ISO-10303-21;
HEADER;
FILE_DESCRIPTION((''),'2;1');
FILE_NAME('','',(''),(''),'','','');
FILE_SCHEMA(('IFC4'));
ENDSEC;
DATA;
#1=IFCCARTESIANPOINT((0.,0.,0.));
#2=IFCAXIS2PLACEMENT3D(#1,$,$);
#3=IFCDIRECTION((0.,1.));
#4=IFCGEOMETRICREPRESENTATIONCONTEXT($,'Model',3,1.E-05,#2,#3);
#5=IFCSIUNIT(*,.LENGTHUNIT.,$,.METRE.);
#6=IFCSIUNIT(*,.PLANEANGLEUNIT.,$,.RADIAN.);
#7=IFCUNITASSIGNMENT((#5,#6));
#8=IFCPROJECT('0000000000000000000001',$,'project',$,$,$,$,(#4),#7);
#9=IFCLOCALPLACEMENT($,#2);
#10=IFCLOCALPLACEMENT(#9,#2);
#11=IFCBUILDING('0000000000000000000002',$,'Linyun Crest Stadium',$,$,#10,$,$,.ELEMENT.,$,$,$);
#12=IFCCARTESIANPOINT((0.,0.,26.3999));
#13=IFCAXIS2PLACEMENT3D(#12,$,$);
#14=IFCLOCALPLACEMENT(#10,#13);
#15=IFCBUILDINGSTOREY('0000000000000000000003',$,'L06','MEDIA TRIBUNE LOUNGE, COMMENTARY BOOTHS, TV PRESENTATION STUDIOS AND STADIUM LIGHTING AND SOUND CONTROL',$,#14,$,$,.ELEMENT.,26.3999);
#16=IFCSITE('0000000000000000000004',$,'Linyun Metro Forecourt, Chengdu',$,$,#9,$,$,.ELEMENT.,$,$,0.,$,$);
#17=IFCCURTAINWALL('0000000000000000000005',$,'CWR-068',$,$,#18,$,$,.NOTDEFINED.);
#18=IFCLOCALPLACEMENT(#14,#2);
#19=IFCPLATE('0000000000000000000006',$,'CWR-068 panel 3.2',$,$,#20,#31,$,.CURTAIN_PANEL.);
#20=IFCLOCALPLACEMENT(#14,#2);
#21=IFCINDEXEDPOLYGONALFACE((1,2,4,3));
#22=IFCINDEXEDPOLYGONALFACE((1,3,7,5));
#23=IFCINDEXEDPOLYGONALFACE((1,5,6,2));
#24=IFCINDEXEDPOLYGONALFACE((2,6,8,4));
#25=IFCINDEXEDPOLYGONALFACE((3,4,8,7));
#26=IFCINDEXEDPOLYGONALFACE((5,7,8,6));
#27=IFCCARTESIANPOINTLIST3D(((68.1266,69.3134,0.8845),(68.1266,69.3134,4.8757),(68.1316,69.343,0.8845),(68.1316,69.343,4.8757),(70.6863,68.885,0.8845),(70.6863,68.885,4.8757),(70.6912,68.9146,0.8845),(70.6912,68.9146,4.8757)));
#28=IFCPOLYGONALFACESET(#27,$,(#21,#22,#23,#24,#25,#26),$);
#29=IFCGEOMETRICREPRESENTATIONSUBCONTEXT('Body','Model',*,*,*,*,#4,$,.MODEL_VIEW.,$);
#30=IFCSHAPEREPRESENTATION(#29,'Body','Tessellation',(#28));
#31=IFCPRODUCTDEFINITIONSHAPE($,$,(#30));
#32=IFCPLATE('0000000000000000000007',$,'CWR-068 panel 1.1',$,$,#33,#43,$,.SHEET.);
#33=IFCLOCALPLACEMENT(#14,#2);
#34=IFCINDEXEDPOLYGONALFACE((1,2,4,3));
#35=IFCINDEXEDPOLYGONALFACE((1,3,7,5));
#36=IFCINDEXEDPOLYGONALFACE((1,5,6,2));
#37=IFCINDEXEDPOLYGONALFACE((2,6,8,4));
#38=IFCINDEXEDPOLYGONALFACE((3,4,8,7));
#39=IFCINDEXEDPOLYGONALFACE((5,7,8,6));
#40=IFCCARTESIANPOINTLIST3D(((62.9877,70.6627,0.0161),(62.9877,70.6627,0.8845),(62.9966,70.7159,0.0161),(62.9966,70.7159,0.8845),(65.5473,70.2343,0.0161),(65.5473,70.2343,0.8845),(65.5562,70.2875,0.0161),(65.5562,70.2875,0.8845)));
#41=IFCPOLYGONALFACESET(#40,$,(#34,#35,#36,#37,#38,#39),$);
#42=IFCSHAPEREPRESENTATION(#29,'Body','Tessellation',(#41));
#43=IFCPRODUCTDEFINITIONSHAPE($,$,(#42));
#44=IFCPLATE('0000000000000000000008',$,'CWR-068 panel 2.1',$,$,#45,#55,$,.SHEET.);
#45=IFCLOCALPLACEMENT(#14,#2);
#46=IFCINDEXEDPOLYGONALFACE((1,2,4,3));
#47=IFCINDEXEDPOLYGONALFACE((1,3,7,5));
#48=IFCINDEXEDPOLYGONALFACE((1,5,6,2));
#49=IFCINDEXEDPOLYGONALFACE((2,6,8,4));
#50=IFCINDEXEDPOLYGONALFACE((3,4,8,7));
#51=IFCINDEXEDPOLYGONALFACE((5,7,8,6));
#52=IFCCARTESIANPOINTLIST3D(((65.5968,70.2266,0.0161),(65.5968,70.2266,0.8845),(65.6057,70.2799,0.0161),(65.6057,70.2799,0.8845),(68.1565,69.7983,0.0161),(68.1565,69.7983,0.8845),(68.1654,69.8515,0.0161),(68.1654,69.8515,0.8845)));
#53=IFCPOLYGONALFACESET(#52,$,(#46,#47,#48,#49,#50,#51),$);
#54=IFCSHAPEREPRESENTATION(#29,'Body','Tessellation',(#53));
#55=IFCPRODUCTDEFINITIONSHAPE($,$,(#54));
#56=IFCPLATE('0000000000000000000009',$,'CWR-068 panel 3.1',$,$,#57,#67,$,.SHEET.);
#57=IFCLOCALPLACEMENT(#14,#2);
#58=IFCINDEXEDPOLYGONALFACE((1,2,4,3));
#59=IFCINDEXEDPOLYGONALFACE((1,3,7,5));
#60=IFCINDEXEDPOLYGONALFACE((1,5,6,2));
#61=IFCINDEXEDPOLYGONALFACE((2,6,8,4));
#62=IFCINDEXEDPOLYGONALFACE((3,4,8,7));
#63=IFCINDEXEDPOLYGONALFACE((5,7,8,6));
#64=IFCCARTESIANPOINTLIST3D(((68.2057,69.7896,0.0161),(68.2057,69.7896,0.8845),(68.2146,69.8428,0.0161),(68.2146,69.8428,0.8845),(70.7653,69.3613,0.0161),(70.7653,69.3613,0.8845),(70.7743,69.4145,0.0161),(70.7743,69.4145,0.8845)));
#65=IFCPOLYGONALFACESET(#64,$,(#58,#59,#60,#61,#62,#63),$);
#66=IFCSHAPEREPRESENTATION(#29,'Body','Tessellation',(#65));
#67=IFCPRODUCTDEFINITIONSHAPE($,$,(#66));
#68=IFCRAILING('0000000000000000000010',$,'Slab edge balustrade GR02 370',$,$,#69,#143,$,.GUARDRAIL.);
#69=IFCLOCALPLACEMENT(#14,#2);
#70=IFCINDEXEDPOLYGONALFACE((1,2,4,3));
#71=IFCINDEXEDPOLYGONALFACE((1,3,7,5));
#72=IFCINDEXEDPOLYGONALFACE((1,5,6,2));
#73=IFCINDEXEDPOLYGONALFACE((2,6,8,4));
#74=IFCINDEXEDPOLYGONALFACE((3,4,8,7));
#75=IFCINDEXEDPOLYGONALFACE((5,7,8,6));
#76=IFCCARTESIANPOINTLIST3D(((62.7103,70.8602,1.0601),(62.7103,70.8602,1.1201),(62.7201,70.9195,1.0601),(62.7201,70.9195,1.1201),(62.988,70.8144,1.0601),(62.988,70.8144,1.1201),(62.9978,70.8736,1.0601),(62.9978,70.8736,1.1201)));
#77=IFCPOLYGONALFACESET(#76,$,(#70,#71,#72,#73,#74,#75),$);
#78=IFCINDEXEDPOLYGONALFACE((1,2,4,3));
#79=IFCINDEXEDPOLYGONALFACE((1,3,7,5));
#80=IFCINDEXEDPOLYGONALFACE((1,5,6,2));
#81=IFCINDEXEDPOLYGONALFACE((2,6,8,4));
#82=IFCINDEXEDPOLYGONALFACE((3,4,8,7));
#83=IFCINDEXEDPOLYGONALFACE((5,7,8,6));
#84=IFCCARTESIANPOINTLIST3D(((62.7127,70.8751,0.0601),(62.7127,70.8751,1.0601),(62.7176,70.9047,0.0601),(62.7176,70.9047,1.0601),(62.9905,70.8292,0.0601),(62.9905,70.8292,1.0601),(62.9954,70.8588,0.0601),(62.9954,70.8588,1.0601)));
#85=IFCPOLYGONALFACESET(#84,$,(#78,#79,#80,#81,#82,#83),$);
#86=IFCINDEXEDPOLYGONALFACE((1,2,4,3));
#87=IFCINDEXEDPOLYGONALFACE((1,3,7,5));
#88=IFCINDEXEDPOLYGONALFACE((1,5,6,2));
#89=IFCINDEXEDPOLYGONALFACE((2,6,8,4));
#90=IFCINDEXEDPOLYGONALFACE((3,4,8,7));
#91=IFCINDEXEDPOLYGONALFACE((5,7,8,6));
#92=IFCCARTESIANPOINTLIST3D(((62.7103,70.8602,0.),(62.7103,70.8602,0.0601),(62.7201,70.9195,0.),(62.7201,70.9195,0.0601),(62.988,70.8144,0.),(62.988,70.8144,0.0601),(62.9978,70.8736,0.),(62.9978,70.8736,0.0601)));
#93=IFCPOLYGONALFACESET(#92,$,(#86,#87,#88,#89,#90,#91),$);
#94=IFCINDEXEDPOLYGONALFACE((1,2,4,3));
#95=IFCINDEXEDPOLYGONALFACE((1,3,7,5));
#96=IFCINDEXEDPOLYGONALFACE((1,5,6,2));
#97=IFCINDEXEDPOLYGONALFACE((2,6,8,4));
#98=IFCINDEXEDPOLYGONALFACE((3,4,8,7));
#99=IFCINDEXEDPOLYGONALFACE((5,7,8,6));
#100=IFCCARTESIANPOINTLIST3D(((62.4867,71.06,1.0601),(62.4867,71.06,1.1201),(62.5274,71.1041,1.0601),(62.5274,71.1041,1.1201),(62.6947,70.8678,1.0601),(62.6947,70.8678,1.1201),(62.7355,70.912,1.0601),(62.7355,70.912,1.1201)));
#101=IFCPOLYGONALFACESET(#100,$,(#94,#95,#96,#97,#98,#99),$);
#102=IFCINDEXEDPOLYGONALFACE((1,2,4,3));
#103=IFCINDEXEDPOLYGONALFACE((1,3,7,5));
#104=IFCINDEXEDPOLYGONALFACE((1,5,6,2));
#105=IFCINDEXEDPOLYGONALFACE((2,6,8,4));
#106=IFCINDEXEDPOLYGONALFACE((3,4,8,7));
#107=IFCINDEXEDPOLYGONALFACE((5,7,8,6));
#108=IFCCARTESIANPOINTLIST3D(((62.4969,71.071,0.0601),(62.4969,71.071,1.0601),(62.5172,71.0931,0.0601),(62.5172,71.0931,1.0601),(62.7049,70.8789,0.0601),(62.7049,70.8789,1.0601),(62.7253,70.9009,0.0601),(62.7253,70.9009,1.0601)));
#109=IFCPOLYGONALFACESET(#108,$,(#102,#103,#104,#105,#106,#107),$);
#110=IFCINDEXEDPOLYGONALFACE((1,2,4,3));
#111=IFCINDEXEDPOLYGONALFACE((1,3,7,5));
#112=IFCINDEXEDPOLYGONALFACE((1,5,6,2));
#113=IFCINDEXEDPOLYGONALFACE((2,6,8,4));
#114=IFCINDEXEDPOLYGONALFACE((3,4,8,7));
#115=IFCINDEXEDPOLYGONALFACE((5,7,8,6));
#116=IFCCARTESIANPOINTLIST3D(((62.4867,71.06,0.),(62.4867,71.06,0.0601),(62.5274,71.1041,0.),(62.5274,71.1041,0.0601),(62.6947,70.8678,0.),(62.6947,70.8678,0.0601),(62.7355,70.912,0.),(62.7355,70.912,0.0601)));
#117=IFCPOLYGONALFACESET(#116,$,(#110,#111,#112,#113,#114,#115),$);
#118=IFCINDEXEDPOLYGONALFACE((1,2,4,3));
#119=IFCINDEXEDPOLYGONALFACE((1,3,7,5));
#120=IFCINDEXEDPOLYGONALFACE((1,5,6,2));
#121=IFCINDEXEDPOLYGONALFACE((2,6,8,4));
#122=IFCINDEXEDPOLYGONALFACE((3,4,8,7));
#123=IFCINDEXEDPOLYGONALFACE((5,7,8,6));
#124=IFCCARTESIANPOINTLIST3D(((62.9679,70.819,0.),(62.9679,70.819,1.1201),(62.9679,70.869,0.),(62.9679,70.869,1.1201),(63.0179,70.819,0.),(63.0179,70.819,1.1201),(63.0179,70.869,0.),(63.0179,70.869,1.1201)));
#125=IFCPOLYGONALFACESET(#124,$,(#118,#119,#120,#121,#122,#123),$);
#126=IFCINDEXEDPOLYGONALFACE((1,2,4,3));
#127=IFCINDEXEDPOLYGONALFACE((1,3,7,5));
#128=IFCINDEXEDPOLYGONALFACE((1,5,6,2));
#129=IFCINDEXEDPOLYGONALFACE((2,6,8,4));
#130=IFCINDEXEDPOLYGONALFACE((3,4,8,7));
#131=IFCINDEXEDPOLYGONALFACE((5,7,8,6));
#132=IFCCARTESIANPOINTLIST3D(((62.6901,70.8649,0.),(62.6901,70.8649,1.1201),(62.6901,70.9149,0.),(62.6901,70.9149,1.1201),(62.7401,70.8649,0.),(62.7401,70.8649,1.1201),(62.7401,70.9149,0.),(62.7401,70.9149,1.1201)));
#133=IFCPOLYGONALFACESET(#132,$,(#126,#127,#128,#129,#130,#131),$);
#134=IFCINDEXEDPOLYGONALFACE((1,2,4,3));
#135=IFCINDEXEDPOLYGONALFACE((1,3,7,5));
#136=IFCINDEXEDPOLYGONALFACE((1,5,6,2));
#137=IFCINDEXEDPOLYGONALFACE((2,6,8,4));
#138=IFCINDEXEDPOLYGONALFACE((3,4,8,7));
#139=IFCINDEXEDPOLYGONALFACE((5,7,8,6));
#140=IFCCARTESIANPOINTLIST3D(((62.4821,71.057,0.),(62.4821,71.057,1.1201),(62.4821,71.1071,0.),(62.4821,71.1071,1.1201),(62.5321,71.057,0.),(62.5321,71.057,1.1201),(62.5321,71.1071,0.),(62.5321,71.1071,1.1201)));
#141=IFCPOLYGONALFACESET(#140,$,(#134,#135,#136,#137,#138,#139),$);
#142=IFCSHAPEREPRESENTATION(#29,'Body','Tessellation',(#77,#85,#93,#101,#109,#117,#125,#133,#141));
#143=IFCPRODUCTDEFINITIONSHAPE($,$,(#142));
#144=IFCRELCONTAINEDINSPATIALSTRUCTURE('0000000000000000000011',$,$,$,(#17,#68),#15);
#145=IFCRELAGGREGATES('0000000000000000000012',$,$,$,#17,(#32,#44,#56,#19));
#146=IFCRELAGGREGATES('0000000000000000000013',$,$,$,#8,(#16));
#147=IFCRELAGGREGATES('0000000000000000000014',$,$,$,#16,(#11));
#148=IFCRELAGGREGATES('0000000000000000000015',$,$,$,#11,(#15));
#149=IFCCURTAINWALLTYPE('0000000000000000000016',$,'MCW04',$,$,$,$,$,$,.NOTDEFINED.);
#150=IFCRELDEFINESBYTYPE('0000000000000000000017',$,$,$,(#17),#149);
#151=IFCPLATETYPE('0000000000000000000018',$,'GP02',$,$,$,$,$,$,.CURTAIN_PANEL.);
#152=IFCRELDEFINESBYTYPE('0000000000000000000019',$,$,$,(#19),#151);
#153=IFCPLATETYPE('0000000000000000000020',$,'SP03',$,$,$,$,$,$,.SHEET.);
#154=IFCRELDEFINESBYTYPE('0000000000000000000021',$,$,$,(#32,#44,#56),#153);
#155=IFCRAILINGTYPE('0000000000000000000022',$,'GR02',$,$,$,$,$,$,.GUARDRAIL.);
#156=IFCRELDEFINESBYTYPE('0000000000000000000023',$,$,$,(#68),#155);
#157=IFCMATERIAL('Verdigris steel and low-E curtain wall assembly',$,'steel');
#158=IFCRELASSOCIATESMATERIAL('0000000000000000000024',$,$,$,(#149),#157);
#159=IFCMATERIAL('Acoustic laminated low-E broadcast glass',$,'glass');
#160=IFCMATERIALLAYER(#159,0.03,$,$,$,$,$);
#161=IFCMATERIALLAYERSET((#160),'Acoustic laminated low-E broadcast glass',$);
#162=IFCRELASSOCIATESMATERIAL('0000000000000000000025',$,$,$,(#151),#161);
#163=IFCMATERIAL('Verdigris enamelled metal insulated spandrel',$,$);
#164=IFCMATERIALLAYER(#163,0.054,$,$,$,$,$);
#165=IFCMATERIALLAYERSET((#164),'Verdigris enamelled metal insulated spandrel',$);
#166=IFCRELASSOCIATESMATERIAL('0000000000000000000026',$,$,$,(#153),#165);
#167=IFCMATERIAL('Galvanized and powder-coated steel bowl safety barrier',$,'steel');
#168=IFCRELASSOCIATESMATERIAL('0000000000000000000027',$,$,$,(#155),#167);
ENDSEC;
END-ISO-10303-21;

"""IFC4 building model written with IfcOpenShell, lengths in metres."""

from ifc_helpers import new_model, si_unit, direction, frame, origin, origin_2d, place, context, subcontext, project, spatial, rectangle, extrude, material, layer, layer_set, type_object, element, aggregate, save


model = new_model("IFC4")

# Units and contexts
model_context = context("Model", 3, precision=1e-05, world=origin(), true_north=direction((0.0, 1.0)))
body_context = subcontext(model_context, "Body", "Model", "MODEL_VIEW")
ifc_project = project(units=[si_unit("LENGTHUNIT", "METRE"), si_unit("PLANEANGLEUNIT", "RADIAN")], contexts=[model_context])

# Site, building, storey
site_placement = place(None, origin())
site = spatial("IfcSite", under=ifc_project, at=site_placement, Name="Linyun Metro Forecourt, Chengdu", CompositionType="ELEMENT", RefElevation=0.0)
building_placement = place(site_placement, origin())
building = spatial("IfcBuilding", under=site, at=building_placement, Name="Linyun Crest Stadium", CompositionType="ELEMENT")
storey_placement = place(building_placement, frame((0.0, 0.0, 26.3999)))
storey = spatial("IfcBuildingStorey", under=building, at=storey_placement, Name="L06", Description="MEDIA TRIBUNE LOUNGE, COMMENTARY BOOTHS, TV PRESENTATION STUDIOS AND STADIUM LIGHTING AND SOUND CONTROL", CompositionType="ELEMENT", Elevation=26.3999)

# Curtain wall, plates
ifc_material_1 = material(Name="Verdigris steel and low-E curtain wall assembly", Category="steel")
curtain_wall_type = type_object("IfcCurtainWallType", Name="MCW04", PredefinedType="NOTDEFINED", material=ifc_material_1)
curtain_wall_placement = place(storey_placement, origin())
curtain_wall = element("IfcCurtainWall", 1, at=curtain_wall_placement, inside=storey, type_object=curtain_wall_type, Name="CWR-068", PredefinedType="NOTDEFINED")
ifc_material_2 = material(Name="Acoustic laminated low-E broadcast glass", Category="glass")
ifc_layer_1 = layer(ifc_material_2, 0.03)
ifc_layer_set_1 = layer_set([ifc_layer_1], Name="Acoustic laminated low-E broadcast glass")
plate_type_1 = type_object("IfcPlateType", Name="GP02", PredefinedType="CURTAIN_PANEL", material=ifc_layer_set_1)
plate_1_placement = place(storey_placement, frame((69.4089, 69.114, 0.8845), z_axis=(0.0, 0.0, 1.0), x_axis=(0.986283, -0.165065, 0.0)))
plate_1 = element("IfcPlate", 2, at=plate_1_placement, type_object=plate_type_1, Name="CWR-068 panel 3.2", PredefinedType="CURTAIN_PANEL", context=body_context, shape_type="SweptSolid", body=[
    extrude(rectangle(XDim=2.5952, YDim=0.03, at=origin_2d()), origin(), (0.0, 0.0, 1.0), 3.9912),
])
ifc_material_3 = material(Name="Verdigris enamelled metal insulated spandrel")
ifc_layer_2 = layer(ifc_material_3, 0.054)
ifc_layer_set_2 = layer_set([ifc_layer_2], Name="Verdigris enamelled metal insulated spandrel")
plate_type_2 = type_object("IfcPlateType", Name="SP03", PredefinedType="SHEET", material=ifc_layer_set_2)
plate_2_placement = place(storey_placement, frame((64.272, 70.4751, 0.0161), z_axis=(0.0, 0.0, 1.0), x_axis=(0.986283, -0.165065, 0.0)))
plate_2 = element("IfcPlate", 3, at=plate_2_placement, type_object=plate_type_2, Name="CWR-068 panel 1.1", PredefinedType="SHEET", context=body_context, shape_type="SweptSolid", body=[
    extrude(rectangle(XDim=2.5952, YDim=0.054, at=origin_2d()), origin(), (0.0, 0.0, 1.0), 0.8684),
])
plate_3_placement = place(storey_placement, frame((66.8811, 70.0391, 0.0161), z_axis=(0.0, 0.0, 1.0), x_axis=(0.986283, -0.165065, 0.0)))
plate_3 = element("IfcPlate", 4, at=plate_3_placement, type_object=plate_type_2, Name="CWR-068 panel 2.1", PredefinedType="SHEET", context=body_context, shape_type="SweptSolid", body=[
    extrude(rectangle(XDim=2.5952, YDim=0.054, at=origin_2d()), origin(), (0.0, 0.0, 1.0), 0.8684),
])
plate_4_placement = place(storey_placement, frame((69.49, 69.6021, 0.0161), z_axis=(0.0, 0.0, 1.0), x_axis=(0.986283, -0.165065, 0.0)))
plate_4 = element("IfcPlate", 5, at=plate_4_placement, type_object=plate_type_2, Name="CWR-068 panel 3.1", PredefinedType="SHEET", context=body_context, shape_type="SweptSolid", body=[
    extrude(rectangle(XDim=2.5952, YDim=0.054, at=origin_2d()), origin(), (0.0, 0.0, 1.0), 0.8684),
])
aggregate(curtain_wall, [plate_2, plate_3, plate_4, plate_1])

# Railing
ifc_material_4 = material(Name="Galvanized and powder-coated steel bowl safety barrier", Category="steel")
railing_type = type_object("IfcRailingType", Name="GR02", PredefinedType="GUARDRAIL", material=ifc_material_4)
railing_placement = place(storey_placement, frame((62.9929, 70.844, 0.0)))
element("IfcRailing", 6, at=railing_placement, inside=storey, type_object=railing_type, Name="Slab edge balustrade GR02 370", PredefinedType="GUARDRAIL", context=body_context, shape_type="SweptSolid", body=[
    extrude(rectangle(XDim=0.0601, YDim=0.0601, at=origin_2d()), frame((0.0, 0.0, 1.0901), z_axis=(-0.986627, 0.162993, 0.0), x_axis=(-0.162993, -0.986627, 0.0)), (0.0, 0.0, 1.0), 0.2815),
    extrude(rectangle(XDim=0.03, YDim=1.0, at=origin_2d()), frame((0.0, 0.0, 0.5601), z_axis=(-0.986627, 0.162993, 0.0), x_axis=(-0.162993, -0.986627, 0.0)), (0.0, 0.0, 1.0), 0.2815),
    extrude(rectangle(XDim=0.0601, YDim=0.0601, at=origin_2d()), frame((0.0, 0.0, 0.03), z_axis=(-0.986627, 0.162993, 0.0), x_axis=(-0.162993, -0.986627, 0.0)), (0.0, 0.0, 1.0), 0.2815),
    extrude(rectangle(XDim=0.0601, YDim=0.0601, at=origin_2d()), frame((-0.2778, 0.0459, 1.0901), z_axis=(-0.734572, 0.678531, 0.0), x_axis=(-0.678531, -0.734572, 0.0)), (0.0, 0.0, 1.0), 0.2832),
    extrude(rectangle(XDim=0.03, YDim=1.0, at=origin_2d()), frame((-0.2778, 0.0459, 0.5601), z_axis=(-0.734572, 0.678531, 0.0), x_axis=(-0.678531, -0.734572, 0.0)), (0.0, 0.0, 1.0), 0.2832),
    extrude(rectangle(XDim=0.0601, YDim=0.0601, at=origin_2d()), frame((-0.2778, 0.0459, 0.03), z_axis=(-0.734572, 0.678531, 0.0), x_axis=(-0.678531, -0.734572, 0.0)), (0.0, 0.0, 1.0), 0.2832),
    extrude(rectangle(XDim=0.05, YDim=0.05, at=origin_2d()), origin(), (0.0, 0.0, 1.0), 1.1201),
    extrude(rectangle(XDim=0.05, YDim=0.05, at=origin_2d()), frame((-0.2778, 0.0459, 0.0)), (0.0, 0.0, 1.0), 1.1201),
    extrude(rectangle(XDim=0.05, YDim=0.05, at=origin_2d()), frame((-0.4858, 0.238, 0.0)), (0.0, 0.0, 1.0), 1.1201),
])

save(model, "model.ifc")
